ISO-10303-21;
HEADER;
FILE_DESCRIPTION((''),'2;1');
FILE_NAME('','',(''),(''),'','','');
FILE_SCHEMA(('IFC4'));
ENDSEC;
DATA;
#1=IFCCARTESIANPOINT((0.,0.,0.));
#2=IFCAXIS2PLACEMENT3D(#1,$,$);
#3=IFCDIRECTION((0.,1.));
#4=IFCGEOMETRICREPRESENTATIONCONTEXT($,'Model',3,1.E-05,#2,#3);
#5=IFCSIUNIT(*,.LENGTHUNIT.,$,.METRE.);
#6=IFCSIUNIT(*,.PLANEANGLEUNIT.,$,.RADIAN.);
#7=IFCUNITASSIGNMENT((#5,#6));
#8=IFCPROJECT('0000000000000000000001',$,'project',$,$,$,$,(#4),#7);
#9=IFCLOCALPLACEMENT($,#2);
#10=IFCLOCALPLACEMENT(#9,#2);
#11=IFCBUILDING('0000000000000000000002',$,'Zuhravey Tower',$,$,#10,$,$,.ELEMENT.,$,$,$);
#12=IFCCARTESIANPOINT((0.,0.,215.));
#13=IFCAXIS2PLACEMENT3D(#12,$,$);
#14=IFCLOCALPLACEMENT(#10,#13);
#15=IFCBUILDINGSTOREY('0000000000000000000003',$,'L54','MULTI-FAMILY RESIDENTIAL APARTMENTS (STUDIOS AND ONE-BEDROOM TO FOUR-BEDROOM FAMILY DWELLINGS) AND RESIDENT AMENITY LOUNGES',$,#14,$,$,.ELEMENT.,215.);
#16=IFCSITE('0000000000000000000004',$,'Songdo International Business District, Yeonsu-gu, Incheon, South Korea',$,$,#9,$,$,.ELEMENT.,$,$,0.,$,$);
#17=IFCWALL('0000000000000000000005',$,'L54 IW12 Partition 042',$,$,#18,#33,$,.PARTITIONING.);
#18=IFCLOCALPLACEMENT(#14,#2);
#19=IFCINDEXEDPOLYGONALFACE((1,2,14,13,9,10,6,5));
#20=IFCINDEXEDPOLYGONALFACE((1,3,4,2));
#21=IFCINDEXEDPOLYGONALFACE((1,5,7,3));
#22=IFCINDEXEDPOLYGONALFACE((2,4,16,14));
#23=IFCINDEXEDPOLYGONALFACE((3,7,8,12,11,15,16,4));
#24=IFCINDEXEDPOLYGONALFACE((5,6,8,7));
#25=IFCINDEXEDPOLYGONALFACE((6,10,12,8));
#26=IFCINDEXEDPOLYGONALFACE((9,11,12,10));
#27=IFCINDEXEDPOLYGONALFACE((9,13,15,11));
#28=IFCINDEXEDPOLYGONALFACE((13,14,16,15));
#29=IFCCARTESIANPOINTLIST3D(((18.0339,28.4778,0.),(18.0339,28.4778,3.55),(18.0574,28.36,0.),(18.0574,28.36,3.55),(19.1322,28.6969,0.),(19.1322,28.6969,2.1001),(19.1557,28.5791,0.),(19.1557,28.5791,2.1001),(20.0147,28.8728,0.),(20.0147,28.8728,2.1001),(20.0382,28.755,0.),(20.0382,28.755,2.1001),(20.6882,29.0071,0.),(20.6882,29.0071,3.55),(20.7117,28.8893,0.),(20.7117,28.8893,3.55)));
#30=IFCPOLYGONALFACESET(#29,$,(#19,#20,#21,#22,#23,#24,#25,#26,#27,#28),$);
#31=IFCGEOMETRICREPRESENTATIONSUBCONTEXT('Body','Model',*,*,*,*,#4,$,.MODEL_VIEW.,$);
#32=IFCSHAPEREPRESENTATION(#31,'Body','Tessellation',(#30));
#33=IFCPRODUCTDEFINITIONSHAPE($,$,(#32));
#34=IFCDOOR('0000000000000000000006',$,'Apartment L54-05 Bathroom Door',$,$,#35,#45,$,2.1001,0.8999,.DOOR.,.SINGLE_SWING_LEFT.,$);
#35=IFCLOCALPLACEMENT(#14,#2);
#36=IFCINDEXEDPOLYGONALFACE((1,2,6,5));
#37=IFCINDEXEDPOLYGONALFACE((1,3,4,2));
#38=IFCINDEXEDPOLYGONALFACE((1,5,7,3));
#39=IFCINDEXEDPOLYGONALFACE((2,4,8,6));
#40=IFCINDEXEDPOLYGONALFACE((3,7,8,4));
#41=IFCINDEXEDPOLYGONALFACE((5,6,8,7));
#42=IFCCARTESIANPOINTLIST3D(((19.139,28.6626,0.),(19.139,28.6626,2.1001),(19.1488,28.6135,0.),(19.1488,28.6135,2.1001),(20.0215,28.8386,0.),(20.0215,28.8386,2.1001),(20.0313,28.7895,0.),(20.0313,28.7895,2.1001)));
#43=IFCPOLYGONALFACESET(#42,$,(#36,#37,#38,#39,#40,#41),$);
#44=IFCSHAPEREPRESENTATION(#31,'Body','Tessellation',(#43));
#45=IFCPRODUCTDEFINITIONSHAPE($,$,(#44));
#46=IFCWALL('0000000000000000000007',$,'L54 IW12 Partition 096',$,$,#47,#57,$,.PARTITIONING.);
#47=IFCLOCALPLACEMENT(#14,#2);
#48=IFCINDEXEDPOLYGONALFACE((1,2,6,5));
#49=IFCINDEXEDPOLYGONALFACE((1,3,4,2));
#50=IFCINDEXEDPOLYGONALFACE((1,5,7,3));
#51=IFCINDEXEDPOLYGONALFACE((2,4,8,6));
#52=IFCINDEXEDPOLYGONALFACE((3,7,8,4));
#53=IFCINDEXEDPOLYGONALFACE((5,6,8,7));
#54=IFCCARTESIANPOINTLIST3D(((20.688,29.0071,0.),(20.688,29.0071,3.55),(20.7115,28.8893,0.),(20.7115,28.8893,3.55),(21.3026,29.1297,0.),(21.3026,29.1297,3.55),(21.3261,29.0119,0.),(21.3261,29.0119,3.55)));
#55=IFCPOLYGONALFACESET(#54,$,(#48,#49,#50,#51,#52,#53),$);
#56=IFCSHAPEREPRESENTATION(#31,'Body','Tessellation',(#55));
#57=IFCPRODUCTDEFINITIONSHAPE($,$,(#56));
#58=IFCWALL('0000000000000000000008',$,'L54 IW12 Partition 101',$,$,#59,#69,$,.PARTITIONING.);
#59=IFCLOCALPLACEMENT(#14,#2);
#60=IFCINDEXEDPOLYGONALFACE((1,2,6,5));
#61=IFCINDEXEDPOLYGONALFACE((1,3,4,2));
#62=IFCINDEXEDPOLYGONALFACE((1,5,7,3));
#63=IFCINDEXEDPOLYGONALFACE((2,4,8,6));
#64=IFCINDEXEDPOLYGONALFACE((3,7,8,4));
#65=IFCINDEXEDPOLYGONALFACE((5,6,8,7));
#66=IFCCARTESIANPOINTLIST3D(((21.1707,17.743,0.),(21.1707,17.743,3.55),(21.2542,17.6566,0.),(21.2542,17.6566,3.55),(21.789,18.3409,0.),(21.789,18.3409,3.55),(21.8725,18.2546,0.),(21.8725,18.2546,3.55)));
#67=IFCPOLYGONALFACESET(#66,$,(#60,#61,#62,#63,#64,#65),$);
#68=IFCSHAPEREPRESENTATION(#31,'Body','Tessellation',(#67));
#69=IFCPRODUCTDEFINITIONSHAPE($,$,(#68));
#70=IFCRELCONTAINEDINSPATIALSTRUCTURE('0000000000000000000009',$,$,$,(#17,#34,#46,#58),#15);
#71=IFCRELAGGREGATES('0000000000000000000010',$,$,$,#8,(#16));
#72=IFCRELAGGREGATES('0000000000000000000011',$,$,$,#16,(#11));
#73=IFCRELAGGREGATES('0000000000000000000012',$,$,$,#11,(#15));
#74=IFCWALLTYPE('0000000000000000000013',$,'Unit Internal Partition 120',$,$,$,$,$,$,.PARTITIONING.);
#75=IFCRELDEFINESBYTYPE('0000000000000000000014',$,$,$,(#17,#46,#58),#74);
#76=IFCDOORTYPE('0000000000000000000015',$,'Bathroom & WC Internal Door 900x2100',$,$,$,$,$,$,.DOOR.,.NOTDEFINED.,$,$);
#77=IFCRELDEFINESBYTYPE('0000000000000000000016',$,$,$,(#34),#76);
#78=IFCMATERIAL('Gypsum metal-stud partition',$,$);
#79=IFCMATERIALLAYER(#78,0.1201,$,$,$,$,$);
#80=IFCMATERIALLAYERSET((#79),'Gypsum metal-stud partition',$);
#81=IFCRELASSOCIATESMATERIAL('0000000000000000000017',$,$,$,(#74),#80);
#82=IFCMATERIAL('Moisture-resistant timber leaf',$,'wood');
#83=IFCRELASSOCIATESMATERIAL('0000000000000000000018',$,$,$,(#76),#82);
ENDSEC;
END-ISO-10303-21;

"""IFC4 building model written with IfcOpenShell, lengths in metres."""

from ifc_helpers import new_model, si_unit, direction, frame, frame_2d, origin, place, context, subcontext, project, spatial, rectangle, extrude, material, layer, layer_set, type_object, element, fill, save


model = new_model("IFC4")

# Units and contexts
model_context = context("Model", 3, precision=1e-05, world=origin(), true_north=direction((0.0, 1.0)))
body_context = subcontext(model_context, "Body", "Model", "MODEL_VIEW")
ifc_project = project(units=[si_unit("LENGTHUNIT", "METRE"), si_unit("PLANEANGLEUNIT", "RADIAN")], contexts=[model_context])

# Site, building, storey
site_placement = place(None, origin())
site = spatial("IfcSite", under=ifc_project, at=site_placement, Name="Songdo International Business District, Yeonsu-gu, Incheon, South Korea", CompositionType="ELEMENT", RefElevation=0.0)
building_placement = place(site_placement, origin())
building = spatial("IfcBuilding", under=site, at=building_placement, Name="Zuhravey Tower", CompositionType="ELEMENT")
storey_placement = place(building_placement, frame((0.0, 0.0, 215.0)))
storey = spatial("IfcBuildingStorey", under=building, at=storey_placement, Name="L54", Description="MULTI-FAMILY RESIDENTIAL APARTMENTS (STUDIOS AND ONE-BEDROOM TO FOUR-BEDROOM FAMILY DWELLINGS) AND RESIDENT AMENITY LOUNGES", CompositionType="ELEMENT", Elevation=215.0)

# Wall, opening, door
ifc_material_1 = material(Name="Gypsum metal-stud partition")
ifc_layer_1 = layer(ifc_material_1, 0.1201)
ifc_layer_set_1 = layer_set([ifc_layer_1], Name="Gypsum metal-stud partition")
wall_type_1 = type_object("IfcWallType", Name="Unit Internal Partition 120", PredefinedType="PARTITIONING", material=ifc_layer_set_1)
wall_1_placement = place(storey_placement, frame((20.7, 28.9482, 0.0), z_axis=(0.0, 0.0, 1.0), x_axis=(-0.980692, -0.195561, 0.0)))
wall_1 = element("IfcWall", 1, at=wall_1_placement, inside=storey, type_object=wall_type_1, Name="L54 IW12 Partition 042", PredefinedType="PARTITIONING", context=body_context, shape_type="SweptSolid", body=[
    extrude(rectangle(XDim=2.7065, YDim=0.1201, at=frame_2d((1.3533, 0.0))), origin(), (0.0, 0.0, 1.0), 3.55),
])
opening_1_placement = place(wall_1_placement, frame((0.6868, 0.0, 0.0)))
opening_1 = element("IfcOpeningElement", 2, at=opening_1_placement, cuts=wall_1, PredefinedType="OPENING", context=body_context, shape_type="SweptSolid", body=[
    extrude(rectangle(XDim=0.8999, YDim=2.1001, at=frame_2d((0.45, 1.05))), frame((0.0, 0.072, 0.0), z_axis=(0.0, -1.0, 0.0), x_axis=(1.0, 0.0, 0.0)), (0.0, 0.0, 1.0), 0.144),
])
ifc_material_2 = material(Name="Moisture-resistant timber leaf", Category="wood")
door_type_1 = type_object("IfcDoorType", Name="Bathroom & WC Internal Door 900x2100", OperationType="NOTDEFINED", PredefinedType="DOOR", material=ifc_material_2)
door_1_placement = place(opening_1_placement, origin())
door_1 = element("IfcDoor", 3, at=door_1_placement, inside=storey, type_object=door_type_1, Name="Apartment L54-05 Bathroom Door", OperationType="SINGLE_SWING_LEFT", OverallHeight=2.1001, OverallWidth=0.8999, PredefinedType="DOOR", context=body_context, shape_type="SweptSolid", body=[
    extrude(rectangle(XDim=0.8999, YDim=2.1001, at=frame_2d((0.45, 1.05))), frame((0.0, 0.0249, 0.0), z_axis=(0.0, -1.0, 0.0), x_axis=(1.0, 0.0, 0.0)), (0.0, 0.0, 1.0), 0.05),
])
fill(opening_1, door_1)

# Walls
wall_2_placement = place(storey_placement, frame((21.3145, 29.0708, 0.0), z_axis=(0.0, 0.0, 1.0), x_axis=(-0.980685, -0.195592, 0.0)))
element("IfcWall", 4, at=wall_2_placement, inside=storey, type_object=wall_type_1, Name="L54 IW12 Partition 096", PredefinedType="PARTITIONING", context=body_context, shape_type="SweptSolid", body=[
    extrude(rectangle(XDim=0.6267, YDim=0.1201, at=frame_2d((0.3135, 0.0))), origin(), (0.0, 0.0, 1.0), 3.55),
])
wall_3_placement = place(storey_placement, frame((21.8308, 18.2979, 0.0), z_axis=(0.0, 0.0, 1.0), x_axis=(-0.71879, -0.695228, 0.0)))
element("IfcWall", 5, at=wall_3_placement, inside=storey, type_object=wall_type_1, Name="L54 IW12 Partition 101", PredefinedType="PARTITIONING", context=body_context, shape_type="SweptSolid", body=[
    extrude(rectangle(XDim=0.8601, YDim=0.1201, at=frame_2d((0.4302, 0.0))), origin(), (0.0, 0.0, 1.0), 3.55),
])

save(model, "model.ifc")
